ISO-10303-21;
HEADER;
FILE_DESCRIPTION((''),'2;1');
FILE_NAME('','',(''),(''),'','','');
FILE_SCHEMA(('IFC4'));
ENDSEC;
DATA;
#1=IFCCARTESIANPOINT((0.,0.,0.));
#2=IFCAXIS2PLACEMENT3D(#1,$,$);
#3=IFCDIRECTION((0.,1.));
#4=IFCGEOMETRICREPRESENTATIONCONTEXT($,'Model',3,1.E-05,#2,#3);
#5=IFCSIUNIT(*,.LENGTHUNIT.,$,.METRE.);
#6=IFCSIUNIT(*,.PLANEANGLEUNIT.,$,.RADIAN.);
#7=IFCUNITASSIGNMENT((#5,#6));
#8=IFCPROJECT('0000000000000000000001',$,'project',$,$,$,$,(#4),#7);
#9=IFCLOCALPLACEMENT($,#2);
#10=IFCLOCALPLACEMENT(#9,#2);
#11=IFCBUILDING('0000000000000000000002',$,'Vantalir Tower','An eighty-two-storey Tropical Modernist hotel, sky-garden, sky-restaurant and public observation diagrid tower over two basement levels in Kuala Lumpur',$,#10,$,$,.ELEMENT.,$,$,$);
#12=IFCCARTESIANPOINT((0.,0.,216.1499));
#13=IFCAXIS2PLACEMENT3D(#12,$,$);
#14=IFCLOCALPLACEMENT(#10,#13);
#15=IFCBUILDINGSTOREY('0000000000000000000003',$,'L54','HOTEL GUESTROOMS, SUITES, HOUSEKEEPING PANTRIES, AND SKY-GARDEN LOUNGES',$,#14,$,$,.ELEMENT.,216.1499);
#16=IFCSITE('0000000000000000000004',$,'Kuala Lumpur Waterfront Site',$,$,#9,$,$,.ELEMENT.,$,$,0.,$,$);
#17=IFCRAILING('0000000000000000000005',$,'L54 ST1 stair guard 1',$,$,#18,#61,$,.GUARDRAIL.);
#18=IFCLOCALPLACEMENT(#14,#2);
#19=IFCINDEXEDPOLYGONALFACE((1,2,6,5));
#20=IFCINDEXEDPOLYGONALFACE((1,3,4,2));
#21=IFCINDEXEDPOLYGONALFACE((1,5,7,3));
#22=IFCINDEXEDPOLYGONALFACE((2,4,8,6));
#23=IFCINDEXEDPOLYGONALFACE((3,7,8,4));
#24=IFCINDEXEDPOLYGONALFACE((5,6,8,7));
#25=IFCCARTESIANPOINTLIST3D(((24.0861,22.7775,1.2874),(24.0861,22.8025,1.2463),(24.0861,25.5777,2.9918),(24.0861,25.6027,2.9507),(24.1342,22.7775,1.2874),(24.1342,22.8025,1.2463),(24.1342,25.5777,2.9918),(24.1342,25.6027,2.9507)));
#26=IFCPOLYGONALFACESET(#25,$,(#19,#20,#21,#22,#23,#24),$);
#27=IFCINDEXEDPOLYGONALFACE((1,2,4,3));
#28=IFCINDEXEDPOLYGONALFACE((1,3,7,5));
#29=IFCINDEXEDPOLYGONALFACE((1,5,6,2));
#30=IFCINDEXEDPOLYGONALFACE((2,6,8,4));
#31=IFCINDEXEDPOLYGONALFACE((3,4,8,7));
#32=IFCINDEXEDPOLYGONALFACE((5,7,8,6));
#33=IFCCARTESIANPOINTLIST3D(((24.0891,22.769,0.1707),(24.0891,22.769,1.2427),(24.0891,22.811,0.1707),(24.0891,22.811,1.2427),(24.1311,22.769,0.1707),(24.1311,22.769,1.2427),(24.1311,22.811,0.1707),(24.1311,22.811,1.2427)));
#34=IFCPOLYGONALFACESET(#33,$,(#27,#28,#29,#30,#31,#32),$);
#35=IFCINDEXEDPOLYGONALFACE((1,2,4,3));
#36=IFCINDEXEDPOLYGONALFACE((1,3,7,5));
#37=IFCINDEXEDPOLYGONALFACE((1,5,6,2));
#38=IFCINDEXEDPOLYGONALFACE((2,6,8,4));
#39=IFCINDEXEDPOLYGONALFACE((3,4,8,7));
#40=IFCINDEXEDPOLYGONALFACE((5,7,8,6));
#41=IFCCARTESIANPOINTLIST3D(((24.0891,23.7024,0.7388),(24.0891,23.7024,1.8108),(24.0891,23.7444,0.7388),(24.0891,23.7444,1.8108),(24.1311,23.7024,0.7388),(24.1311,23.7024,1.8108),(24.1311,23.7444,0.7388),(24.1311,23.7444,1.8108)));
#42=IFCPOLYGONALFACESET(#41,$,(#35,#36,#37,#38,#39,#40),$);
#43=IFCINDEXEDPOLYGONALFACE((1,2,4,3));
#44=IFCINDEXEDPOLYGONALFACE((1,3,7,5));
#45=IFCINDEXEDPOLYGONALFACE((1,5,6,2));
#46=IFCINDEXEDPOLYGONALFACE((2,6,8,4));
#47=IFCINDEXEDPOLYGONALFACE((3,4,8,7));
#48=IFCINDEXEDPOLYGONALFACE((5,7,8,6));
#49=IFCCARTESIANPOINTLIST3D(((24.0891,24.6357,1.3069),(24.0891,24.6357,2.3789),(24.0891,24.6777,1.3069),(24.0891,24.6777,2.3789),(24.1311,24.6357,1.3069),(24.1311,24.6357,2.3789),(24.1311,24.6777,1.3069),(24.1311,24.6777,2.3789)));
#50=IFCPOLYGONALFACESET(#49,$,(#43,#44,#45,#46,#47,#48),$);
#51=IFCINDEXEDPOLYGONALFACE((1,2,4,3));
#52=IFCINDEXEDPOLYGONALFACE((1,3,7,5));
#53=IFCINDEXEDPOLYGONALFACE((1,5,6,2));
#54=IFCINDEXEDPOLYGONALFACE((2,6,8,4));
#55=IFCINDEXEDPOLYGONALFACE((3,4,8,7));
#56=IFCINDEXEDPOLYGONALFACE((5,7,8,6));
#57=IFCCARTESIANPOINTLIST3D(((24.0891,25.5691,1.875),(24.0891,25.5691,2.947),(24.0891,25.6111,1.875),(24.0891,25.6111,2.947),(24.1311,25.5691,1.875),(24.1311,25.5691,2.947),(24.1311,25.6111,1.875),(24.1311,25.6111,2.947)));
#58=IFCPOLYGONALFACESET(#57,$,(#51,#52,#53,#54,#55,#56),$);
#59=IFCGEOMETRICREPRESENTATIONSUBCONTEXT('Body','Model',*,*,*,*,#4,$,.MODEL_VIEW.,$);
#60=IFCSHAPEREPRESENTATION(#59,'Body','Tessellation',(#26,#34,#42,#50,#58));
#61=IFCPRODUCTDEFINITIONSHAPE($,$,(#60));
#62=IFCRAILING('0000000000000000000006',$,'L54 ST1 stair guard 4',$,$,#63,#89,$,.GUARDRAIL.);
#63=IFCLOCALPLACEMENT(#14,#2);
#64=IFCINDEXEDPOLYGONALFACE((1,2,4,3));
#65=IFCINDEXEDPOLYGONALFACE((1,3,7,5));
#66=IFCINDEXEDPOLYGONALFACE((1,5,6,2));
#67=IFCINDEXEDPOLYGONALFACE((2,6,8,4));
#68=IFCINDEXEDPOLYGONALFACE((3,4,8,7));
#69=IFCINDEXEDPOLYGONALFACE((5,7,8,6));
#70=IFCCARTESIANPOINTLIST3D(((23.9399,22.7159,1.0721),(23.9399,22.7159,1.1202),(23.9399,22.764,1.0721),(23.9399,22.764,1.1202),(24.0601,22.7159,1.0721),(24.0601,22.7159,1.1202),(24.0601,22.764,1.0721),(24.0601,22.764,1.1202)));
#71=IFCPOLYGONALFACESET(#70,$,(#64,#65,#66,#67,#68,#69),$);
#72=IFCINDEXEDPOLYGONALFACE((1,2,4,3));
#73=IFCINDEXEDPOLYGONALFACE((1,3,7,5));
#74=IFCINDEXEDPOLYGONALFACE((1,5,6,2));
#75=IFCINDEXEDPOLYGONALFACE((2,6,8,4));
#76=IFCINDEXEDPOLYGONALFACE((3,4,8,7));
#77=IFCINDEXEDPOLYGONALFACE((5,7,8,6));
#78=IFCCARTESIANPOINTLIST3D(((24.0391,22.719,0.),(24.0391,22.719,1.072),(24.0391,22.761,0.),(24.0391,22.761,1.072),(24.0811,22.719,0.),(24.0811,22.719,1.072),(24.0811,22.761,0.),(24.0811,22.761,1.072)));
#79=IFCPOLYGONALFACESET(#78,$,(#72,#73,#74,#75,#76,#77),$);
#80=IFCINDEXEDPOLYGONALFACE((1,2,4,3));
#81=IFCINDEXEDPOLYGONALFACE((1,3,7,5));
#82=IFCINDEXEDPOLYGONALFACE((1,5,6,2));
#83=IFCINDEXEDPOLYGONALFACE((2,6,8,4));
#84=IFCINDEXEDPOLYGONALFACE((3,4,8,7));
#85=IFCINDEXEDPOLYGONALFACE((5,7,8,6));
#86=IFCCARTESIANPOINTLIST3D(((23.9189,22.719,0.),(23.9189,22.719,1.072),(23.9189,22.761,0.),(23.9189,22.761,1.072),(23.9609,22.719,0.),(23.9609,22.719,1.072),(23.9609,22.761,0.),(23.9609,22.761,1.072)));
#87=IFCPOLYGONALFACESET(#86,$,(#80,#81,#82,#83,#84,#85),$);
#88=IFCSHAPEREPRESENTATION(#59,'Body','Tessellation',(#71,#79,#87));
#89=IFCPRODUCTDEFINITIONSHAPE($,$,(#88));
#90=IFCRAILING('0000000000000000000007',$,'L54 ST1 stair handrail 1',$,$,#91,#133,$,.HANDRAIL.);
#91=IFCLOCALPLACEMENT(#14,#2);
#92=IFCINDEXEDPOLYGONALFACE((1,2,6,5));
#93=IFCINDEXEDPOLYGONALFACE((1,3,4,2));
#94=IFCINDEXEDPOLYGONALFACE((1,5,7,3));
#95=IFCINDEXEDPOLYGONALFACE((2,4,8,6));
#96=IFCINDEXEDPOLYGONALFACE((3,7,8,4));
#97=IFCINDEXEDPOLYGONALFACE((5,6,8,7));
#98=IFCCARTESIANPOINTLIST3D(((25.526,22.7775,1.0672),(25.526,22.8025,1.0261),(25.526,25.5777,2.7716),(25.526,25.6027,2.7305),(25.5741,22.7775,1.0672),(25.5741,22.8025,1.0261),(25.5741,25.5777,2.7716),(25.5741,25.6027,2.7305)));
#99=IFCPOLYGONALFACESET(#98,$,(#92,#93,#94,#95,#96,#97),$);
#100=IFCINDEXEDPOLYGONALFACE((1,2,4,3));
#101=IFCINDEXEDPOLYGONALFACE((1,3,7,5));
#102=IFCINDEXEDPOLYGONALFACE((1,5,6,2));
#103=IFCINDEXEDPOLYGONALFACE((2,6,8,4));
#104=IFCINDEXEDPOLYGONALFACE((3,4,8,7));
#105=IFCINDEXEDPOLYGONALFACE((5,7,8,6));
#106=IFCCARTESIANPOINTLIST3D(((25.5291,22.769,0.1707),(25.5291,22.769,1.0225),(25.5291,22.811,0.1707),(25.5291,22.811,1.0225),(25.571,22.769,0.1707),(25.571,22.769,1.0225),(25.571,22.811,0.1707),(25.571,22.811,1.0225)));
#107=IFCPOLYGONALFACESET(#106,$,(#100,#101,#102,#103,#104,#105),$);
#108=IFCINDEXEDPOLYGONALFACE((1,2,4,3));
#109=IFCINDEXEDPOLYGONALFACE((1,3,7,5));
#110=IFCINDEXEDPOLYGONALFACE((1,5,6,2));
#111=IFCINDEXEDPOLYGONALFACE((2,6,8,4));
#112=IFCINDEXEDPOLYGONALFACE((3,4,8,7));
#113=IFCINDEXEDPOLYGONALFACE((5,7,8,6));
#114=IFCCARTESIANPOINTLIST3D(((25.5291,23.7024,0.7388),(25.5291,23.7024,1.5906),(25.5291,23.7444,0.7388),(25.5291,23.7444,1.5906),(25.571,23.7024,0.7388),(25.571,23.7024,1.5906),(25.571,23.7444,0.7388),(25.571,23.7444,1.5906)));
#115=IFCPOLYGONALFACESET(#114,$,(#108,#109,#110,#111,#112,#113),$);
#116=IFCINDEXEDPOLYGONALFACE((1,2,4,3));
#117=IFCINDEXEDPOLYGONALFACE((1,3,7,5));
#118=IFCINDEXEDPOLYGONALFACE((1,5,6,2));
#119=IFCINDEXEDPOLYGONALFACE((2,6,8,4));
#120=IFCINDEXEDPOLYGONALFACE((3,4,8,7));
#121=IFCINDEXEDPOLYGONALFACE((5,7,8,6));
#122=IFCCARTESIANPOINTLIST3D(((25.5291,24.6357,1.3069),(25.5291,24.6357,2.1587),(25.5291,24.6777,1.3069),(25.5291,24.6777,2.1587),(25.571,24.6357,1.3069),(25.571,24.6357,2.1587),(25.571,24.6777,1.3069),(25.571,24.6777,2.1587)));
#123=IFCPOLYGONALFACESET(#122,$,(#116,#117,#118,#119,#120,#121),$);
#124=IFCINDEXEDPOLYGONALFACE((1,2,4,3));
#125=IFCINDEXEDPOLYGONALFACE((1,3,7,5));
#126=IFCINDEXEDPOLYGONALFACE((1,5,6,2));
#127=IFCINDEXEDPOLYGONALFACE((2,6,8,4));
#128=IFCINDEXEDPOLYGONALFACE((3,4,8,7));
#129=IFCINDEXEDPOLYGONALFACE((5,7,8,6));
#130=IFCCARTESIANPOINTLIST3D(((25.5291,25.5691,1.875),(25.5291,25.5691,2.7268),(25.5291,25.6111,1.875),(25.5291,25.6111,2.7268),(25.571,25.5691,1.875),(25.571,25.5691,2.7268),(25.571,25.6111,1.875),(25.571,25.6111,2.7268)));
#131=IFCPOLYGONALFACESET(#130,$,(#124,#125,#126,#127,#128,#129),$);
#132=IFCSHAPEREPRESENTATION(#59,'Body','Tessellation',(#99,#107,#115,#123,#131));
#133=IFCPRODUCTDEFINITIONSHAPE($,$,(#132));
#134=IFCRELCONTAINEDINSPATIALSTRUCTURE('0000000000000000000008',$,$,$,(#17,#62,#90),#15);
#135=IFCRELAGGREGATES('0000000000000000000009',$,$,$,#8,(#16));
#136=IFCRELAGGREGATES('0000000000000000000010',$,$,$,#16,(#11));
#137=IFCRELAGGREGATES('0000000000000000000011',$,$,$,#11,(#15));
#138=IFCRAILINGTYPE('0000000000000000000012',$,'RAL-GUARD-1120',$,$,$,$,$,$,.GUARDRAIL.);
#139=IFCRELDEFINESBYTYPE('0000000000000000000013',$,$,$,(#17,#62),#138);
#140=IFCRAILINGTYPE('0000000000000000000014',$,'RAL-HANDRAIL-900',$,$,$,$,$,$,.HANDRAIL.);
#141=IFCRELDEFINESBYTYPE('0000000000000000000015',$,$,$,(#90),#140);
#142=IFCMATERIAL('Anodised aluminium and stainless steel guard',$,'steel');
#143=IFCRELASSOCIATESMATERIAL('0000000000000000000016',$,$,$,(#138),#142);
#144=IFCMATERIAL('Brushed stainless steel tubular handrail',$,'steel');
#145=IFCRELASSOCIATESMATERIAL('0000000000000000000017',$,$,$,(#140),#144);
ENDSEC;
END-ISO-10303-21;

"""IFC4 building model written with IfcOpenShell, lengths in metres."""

from ifc_helpers import new_model, si_unit, direction, frame, origin, origin_2d, place, context, subcontext, project, spatial, rectangle, extrude, material, type_object, element, save


model = new_model("IFC4")

# Units and contexts
model_context = context("Model", 3, precision=1e-05, world=origin(), true_north=direction((0.0, 1.0)))
body_context = subcontext(model_context, "Body", "Model", "MODEL_VIEW")
ifc_project = project(units=[si_unit("LENGTHUNIT", "METRE"), si_unit("PLANEANGLEUNIT", "RADIAN")], contexts=[model_context])

# Site, building, storey
site_placement = place(None, origin())
site = spatial("IfcSite", under=ifc_project, at=site_placement, Name="Kuala Lumpur Waterfront Site", CompositionType="ELEMENT", RefElevation=0.0)
building_placement = place(site_placement, origin())
building = spatial("IfcBuilding", under=site, at=building_placement, Name="Vantalir Tower", Description="An eighty-two-storey Tropical Modernist hotel, sky-garden, sky-restaurant and public observation diagrid tower over two basement levels in Kuala Lumpur", CompositionType="ELEMENT")
storey_placement = place(building_placement, frame((0.0, 0.0, 216.1499)))
storey = spatial("IfcBuildingStorey", under=building, at=storey_placement, Name="L54", Description="HOTEL GUESTROOMS, SUITES, HOUSEKEEPING PANTRIES, AND SKY-GARDEN LOUNGES", CompositionType="ELEMENT", Elevation=216.1499)

# Railings
ifc_material_1 = material(Name="Anodised aluminium and stainless steel guard", Category="steel")
railing_type_1 = type_object("IfcRailingType", Name="RAL-GUARD-1120", PredefinedType="GUARDRAIL", material=ifc_material_1)
railing_1_placement = place(storey_placement, frame((24.1101, 22.79, 0.1707)))
element("IfcRailing", 1, at=railing_1_placement, inside=storey, type_object=railing_type_1, Name="L54 ST1 stair guard 1", PredefinedType="GUARDRAIL", context=body_context, shape_type="SweptSolid", body=[
    extrude(rectangle(XDim=0.0481, YDim=0.0481, at=origin_2d()), frame((0.0, 0.0, 1.0962), z_axis=(0.0, 0.854203, 0.51994), x_axis=(-1.0, 0.0, 0.0)), (0.0, 0.0, 1.0), 3.2781),
    extrude(rectangle(XDim=0.042, YDim=0.042, at=origin_2d()), origin(), (0.0, 0.0, 1.0), 1.072),
    extrude(rectangle(XDim=0.042, YDim=0.042, at=origin_2d()), frame((0.0, 0.9333, 0.5681)), (0.0, 0.0, 1.0), 1.072),
    extrude(rectangle(XDim=0.042, YDim=0.042, at=origin_2d()), frame((0.0, 1.8667, 1.1362)), (0.0, 0.0, 1.0), 1.072),
    extrude(rectangle(XDim=0.042, YDim=0.042, at=origin_2d()), frame((0.0, 2.8, 1.7043)), (0.0, 0.0, 1.0), 1.072),
])
railing_2_placement = place(storey_placement, frame((24.0601, 22.74, 0.0)))
element("IfcRailing", 2, at=railing_2_placement, inside=storey, type_object=railing_type_1, Name="L54 ST1 stair guard 4", PredefinedType="GUARDRAIL", context=body_context, shape_type="SweptSolid", body=[
    extrude(rectangle(XDim=0.0481, YDim=0.0481, at=origin_2d()), frame((0.0, 0.0, 1.0962), z_axis=(-1.0, 0.0, 0.0), x_axis=(0.0, -1.0, 0.0)), (0.0, 0.0, 1.0), 0.1201),
    extrude(rectangle(XDim=0.042, YDim=0.042, at=origin_2d()), origin(), (0.0, 0.0, 1.0), 1.072),
    extrude(rectangle(XDim=0.042, YDim=0.042, at=origin_2d()), frame((-0.1201, 0.0, 0.0)), (0.0, 0.0, 1.0), 1.072),
])
ifc_material_2 = material(Name="Brushed stainless steel tubular handrail", Category="steel")
railing_type_2 = type_object("IfcRailingType", Name="RAL-HANDRAIL-900", PredefinedType="HANDRAIL", material=ifc_material_2)
railing_3_placement = place(storey_placement, frame((25.55, 22.79, 0.1707)))
element("IfcRailing", 3, at=railing_3_placement, inside=storey, type_object=railing_type_2, Name="L54 ST1 stair handrail 1", PredefinedType="HANDRAIL", context=body_context, shape_type="SweptSolid", body=[
    extrude(rectangle(XDim=0.0481, YDim=0.0481, at=origin_2d()), frame((0.0, 0.0, 0.876), z_axis=(0.0, 0.854203, 0.51994), x_axis=(-1.0, 0.0, 0.0)), (0.0, 0.0, 1.0), 3.2781),
    extrude(rectangle(XDim=0.042, YDim=0.042, at=origin_2d()), origin(), (0.0, 0.0, 1.0), 0.8518),
    extrude(rectangle(XDim=0.042, YDim=0.042, at=origin_2d()), frame((0.0, 0.9333, 0.5681)), (0.0, 0.0, 1.0), 0.8518),
    extrude(rectangle(XDim=0.042, YDim=0.042, at=origin_2d()), frame((0.0, 1.8667, 1.1362)), (0.0, 0.0, 1.0), 0.8518),
    extrude(rectangle(XDim=0.042, YDim=0.042, at=origin_2d()), frame((0.0, 2.8, 1.7043)), (0.0, 0.0, 1.0), 0.8518),
])

save(model, "model.ifc")
